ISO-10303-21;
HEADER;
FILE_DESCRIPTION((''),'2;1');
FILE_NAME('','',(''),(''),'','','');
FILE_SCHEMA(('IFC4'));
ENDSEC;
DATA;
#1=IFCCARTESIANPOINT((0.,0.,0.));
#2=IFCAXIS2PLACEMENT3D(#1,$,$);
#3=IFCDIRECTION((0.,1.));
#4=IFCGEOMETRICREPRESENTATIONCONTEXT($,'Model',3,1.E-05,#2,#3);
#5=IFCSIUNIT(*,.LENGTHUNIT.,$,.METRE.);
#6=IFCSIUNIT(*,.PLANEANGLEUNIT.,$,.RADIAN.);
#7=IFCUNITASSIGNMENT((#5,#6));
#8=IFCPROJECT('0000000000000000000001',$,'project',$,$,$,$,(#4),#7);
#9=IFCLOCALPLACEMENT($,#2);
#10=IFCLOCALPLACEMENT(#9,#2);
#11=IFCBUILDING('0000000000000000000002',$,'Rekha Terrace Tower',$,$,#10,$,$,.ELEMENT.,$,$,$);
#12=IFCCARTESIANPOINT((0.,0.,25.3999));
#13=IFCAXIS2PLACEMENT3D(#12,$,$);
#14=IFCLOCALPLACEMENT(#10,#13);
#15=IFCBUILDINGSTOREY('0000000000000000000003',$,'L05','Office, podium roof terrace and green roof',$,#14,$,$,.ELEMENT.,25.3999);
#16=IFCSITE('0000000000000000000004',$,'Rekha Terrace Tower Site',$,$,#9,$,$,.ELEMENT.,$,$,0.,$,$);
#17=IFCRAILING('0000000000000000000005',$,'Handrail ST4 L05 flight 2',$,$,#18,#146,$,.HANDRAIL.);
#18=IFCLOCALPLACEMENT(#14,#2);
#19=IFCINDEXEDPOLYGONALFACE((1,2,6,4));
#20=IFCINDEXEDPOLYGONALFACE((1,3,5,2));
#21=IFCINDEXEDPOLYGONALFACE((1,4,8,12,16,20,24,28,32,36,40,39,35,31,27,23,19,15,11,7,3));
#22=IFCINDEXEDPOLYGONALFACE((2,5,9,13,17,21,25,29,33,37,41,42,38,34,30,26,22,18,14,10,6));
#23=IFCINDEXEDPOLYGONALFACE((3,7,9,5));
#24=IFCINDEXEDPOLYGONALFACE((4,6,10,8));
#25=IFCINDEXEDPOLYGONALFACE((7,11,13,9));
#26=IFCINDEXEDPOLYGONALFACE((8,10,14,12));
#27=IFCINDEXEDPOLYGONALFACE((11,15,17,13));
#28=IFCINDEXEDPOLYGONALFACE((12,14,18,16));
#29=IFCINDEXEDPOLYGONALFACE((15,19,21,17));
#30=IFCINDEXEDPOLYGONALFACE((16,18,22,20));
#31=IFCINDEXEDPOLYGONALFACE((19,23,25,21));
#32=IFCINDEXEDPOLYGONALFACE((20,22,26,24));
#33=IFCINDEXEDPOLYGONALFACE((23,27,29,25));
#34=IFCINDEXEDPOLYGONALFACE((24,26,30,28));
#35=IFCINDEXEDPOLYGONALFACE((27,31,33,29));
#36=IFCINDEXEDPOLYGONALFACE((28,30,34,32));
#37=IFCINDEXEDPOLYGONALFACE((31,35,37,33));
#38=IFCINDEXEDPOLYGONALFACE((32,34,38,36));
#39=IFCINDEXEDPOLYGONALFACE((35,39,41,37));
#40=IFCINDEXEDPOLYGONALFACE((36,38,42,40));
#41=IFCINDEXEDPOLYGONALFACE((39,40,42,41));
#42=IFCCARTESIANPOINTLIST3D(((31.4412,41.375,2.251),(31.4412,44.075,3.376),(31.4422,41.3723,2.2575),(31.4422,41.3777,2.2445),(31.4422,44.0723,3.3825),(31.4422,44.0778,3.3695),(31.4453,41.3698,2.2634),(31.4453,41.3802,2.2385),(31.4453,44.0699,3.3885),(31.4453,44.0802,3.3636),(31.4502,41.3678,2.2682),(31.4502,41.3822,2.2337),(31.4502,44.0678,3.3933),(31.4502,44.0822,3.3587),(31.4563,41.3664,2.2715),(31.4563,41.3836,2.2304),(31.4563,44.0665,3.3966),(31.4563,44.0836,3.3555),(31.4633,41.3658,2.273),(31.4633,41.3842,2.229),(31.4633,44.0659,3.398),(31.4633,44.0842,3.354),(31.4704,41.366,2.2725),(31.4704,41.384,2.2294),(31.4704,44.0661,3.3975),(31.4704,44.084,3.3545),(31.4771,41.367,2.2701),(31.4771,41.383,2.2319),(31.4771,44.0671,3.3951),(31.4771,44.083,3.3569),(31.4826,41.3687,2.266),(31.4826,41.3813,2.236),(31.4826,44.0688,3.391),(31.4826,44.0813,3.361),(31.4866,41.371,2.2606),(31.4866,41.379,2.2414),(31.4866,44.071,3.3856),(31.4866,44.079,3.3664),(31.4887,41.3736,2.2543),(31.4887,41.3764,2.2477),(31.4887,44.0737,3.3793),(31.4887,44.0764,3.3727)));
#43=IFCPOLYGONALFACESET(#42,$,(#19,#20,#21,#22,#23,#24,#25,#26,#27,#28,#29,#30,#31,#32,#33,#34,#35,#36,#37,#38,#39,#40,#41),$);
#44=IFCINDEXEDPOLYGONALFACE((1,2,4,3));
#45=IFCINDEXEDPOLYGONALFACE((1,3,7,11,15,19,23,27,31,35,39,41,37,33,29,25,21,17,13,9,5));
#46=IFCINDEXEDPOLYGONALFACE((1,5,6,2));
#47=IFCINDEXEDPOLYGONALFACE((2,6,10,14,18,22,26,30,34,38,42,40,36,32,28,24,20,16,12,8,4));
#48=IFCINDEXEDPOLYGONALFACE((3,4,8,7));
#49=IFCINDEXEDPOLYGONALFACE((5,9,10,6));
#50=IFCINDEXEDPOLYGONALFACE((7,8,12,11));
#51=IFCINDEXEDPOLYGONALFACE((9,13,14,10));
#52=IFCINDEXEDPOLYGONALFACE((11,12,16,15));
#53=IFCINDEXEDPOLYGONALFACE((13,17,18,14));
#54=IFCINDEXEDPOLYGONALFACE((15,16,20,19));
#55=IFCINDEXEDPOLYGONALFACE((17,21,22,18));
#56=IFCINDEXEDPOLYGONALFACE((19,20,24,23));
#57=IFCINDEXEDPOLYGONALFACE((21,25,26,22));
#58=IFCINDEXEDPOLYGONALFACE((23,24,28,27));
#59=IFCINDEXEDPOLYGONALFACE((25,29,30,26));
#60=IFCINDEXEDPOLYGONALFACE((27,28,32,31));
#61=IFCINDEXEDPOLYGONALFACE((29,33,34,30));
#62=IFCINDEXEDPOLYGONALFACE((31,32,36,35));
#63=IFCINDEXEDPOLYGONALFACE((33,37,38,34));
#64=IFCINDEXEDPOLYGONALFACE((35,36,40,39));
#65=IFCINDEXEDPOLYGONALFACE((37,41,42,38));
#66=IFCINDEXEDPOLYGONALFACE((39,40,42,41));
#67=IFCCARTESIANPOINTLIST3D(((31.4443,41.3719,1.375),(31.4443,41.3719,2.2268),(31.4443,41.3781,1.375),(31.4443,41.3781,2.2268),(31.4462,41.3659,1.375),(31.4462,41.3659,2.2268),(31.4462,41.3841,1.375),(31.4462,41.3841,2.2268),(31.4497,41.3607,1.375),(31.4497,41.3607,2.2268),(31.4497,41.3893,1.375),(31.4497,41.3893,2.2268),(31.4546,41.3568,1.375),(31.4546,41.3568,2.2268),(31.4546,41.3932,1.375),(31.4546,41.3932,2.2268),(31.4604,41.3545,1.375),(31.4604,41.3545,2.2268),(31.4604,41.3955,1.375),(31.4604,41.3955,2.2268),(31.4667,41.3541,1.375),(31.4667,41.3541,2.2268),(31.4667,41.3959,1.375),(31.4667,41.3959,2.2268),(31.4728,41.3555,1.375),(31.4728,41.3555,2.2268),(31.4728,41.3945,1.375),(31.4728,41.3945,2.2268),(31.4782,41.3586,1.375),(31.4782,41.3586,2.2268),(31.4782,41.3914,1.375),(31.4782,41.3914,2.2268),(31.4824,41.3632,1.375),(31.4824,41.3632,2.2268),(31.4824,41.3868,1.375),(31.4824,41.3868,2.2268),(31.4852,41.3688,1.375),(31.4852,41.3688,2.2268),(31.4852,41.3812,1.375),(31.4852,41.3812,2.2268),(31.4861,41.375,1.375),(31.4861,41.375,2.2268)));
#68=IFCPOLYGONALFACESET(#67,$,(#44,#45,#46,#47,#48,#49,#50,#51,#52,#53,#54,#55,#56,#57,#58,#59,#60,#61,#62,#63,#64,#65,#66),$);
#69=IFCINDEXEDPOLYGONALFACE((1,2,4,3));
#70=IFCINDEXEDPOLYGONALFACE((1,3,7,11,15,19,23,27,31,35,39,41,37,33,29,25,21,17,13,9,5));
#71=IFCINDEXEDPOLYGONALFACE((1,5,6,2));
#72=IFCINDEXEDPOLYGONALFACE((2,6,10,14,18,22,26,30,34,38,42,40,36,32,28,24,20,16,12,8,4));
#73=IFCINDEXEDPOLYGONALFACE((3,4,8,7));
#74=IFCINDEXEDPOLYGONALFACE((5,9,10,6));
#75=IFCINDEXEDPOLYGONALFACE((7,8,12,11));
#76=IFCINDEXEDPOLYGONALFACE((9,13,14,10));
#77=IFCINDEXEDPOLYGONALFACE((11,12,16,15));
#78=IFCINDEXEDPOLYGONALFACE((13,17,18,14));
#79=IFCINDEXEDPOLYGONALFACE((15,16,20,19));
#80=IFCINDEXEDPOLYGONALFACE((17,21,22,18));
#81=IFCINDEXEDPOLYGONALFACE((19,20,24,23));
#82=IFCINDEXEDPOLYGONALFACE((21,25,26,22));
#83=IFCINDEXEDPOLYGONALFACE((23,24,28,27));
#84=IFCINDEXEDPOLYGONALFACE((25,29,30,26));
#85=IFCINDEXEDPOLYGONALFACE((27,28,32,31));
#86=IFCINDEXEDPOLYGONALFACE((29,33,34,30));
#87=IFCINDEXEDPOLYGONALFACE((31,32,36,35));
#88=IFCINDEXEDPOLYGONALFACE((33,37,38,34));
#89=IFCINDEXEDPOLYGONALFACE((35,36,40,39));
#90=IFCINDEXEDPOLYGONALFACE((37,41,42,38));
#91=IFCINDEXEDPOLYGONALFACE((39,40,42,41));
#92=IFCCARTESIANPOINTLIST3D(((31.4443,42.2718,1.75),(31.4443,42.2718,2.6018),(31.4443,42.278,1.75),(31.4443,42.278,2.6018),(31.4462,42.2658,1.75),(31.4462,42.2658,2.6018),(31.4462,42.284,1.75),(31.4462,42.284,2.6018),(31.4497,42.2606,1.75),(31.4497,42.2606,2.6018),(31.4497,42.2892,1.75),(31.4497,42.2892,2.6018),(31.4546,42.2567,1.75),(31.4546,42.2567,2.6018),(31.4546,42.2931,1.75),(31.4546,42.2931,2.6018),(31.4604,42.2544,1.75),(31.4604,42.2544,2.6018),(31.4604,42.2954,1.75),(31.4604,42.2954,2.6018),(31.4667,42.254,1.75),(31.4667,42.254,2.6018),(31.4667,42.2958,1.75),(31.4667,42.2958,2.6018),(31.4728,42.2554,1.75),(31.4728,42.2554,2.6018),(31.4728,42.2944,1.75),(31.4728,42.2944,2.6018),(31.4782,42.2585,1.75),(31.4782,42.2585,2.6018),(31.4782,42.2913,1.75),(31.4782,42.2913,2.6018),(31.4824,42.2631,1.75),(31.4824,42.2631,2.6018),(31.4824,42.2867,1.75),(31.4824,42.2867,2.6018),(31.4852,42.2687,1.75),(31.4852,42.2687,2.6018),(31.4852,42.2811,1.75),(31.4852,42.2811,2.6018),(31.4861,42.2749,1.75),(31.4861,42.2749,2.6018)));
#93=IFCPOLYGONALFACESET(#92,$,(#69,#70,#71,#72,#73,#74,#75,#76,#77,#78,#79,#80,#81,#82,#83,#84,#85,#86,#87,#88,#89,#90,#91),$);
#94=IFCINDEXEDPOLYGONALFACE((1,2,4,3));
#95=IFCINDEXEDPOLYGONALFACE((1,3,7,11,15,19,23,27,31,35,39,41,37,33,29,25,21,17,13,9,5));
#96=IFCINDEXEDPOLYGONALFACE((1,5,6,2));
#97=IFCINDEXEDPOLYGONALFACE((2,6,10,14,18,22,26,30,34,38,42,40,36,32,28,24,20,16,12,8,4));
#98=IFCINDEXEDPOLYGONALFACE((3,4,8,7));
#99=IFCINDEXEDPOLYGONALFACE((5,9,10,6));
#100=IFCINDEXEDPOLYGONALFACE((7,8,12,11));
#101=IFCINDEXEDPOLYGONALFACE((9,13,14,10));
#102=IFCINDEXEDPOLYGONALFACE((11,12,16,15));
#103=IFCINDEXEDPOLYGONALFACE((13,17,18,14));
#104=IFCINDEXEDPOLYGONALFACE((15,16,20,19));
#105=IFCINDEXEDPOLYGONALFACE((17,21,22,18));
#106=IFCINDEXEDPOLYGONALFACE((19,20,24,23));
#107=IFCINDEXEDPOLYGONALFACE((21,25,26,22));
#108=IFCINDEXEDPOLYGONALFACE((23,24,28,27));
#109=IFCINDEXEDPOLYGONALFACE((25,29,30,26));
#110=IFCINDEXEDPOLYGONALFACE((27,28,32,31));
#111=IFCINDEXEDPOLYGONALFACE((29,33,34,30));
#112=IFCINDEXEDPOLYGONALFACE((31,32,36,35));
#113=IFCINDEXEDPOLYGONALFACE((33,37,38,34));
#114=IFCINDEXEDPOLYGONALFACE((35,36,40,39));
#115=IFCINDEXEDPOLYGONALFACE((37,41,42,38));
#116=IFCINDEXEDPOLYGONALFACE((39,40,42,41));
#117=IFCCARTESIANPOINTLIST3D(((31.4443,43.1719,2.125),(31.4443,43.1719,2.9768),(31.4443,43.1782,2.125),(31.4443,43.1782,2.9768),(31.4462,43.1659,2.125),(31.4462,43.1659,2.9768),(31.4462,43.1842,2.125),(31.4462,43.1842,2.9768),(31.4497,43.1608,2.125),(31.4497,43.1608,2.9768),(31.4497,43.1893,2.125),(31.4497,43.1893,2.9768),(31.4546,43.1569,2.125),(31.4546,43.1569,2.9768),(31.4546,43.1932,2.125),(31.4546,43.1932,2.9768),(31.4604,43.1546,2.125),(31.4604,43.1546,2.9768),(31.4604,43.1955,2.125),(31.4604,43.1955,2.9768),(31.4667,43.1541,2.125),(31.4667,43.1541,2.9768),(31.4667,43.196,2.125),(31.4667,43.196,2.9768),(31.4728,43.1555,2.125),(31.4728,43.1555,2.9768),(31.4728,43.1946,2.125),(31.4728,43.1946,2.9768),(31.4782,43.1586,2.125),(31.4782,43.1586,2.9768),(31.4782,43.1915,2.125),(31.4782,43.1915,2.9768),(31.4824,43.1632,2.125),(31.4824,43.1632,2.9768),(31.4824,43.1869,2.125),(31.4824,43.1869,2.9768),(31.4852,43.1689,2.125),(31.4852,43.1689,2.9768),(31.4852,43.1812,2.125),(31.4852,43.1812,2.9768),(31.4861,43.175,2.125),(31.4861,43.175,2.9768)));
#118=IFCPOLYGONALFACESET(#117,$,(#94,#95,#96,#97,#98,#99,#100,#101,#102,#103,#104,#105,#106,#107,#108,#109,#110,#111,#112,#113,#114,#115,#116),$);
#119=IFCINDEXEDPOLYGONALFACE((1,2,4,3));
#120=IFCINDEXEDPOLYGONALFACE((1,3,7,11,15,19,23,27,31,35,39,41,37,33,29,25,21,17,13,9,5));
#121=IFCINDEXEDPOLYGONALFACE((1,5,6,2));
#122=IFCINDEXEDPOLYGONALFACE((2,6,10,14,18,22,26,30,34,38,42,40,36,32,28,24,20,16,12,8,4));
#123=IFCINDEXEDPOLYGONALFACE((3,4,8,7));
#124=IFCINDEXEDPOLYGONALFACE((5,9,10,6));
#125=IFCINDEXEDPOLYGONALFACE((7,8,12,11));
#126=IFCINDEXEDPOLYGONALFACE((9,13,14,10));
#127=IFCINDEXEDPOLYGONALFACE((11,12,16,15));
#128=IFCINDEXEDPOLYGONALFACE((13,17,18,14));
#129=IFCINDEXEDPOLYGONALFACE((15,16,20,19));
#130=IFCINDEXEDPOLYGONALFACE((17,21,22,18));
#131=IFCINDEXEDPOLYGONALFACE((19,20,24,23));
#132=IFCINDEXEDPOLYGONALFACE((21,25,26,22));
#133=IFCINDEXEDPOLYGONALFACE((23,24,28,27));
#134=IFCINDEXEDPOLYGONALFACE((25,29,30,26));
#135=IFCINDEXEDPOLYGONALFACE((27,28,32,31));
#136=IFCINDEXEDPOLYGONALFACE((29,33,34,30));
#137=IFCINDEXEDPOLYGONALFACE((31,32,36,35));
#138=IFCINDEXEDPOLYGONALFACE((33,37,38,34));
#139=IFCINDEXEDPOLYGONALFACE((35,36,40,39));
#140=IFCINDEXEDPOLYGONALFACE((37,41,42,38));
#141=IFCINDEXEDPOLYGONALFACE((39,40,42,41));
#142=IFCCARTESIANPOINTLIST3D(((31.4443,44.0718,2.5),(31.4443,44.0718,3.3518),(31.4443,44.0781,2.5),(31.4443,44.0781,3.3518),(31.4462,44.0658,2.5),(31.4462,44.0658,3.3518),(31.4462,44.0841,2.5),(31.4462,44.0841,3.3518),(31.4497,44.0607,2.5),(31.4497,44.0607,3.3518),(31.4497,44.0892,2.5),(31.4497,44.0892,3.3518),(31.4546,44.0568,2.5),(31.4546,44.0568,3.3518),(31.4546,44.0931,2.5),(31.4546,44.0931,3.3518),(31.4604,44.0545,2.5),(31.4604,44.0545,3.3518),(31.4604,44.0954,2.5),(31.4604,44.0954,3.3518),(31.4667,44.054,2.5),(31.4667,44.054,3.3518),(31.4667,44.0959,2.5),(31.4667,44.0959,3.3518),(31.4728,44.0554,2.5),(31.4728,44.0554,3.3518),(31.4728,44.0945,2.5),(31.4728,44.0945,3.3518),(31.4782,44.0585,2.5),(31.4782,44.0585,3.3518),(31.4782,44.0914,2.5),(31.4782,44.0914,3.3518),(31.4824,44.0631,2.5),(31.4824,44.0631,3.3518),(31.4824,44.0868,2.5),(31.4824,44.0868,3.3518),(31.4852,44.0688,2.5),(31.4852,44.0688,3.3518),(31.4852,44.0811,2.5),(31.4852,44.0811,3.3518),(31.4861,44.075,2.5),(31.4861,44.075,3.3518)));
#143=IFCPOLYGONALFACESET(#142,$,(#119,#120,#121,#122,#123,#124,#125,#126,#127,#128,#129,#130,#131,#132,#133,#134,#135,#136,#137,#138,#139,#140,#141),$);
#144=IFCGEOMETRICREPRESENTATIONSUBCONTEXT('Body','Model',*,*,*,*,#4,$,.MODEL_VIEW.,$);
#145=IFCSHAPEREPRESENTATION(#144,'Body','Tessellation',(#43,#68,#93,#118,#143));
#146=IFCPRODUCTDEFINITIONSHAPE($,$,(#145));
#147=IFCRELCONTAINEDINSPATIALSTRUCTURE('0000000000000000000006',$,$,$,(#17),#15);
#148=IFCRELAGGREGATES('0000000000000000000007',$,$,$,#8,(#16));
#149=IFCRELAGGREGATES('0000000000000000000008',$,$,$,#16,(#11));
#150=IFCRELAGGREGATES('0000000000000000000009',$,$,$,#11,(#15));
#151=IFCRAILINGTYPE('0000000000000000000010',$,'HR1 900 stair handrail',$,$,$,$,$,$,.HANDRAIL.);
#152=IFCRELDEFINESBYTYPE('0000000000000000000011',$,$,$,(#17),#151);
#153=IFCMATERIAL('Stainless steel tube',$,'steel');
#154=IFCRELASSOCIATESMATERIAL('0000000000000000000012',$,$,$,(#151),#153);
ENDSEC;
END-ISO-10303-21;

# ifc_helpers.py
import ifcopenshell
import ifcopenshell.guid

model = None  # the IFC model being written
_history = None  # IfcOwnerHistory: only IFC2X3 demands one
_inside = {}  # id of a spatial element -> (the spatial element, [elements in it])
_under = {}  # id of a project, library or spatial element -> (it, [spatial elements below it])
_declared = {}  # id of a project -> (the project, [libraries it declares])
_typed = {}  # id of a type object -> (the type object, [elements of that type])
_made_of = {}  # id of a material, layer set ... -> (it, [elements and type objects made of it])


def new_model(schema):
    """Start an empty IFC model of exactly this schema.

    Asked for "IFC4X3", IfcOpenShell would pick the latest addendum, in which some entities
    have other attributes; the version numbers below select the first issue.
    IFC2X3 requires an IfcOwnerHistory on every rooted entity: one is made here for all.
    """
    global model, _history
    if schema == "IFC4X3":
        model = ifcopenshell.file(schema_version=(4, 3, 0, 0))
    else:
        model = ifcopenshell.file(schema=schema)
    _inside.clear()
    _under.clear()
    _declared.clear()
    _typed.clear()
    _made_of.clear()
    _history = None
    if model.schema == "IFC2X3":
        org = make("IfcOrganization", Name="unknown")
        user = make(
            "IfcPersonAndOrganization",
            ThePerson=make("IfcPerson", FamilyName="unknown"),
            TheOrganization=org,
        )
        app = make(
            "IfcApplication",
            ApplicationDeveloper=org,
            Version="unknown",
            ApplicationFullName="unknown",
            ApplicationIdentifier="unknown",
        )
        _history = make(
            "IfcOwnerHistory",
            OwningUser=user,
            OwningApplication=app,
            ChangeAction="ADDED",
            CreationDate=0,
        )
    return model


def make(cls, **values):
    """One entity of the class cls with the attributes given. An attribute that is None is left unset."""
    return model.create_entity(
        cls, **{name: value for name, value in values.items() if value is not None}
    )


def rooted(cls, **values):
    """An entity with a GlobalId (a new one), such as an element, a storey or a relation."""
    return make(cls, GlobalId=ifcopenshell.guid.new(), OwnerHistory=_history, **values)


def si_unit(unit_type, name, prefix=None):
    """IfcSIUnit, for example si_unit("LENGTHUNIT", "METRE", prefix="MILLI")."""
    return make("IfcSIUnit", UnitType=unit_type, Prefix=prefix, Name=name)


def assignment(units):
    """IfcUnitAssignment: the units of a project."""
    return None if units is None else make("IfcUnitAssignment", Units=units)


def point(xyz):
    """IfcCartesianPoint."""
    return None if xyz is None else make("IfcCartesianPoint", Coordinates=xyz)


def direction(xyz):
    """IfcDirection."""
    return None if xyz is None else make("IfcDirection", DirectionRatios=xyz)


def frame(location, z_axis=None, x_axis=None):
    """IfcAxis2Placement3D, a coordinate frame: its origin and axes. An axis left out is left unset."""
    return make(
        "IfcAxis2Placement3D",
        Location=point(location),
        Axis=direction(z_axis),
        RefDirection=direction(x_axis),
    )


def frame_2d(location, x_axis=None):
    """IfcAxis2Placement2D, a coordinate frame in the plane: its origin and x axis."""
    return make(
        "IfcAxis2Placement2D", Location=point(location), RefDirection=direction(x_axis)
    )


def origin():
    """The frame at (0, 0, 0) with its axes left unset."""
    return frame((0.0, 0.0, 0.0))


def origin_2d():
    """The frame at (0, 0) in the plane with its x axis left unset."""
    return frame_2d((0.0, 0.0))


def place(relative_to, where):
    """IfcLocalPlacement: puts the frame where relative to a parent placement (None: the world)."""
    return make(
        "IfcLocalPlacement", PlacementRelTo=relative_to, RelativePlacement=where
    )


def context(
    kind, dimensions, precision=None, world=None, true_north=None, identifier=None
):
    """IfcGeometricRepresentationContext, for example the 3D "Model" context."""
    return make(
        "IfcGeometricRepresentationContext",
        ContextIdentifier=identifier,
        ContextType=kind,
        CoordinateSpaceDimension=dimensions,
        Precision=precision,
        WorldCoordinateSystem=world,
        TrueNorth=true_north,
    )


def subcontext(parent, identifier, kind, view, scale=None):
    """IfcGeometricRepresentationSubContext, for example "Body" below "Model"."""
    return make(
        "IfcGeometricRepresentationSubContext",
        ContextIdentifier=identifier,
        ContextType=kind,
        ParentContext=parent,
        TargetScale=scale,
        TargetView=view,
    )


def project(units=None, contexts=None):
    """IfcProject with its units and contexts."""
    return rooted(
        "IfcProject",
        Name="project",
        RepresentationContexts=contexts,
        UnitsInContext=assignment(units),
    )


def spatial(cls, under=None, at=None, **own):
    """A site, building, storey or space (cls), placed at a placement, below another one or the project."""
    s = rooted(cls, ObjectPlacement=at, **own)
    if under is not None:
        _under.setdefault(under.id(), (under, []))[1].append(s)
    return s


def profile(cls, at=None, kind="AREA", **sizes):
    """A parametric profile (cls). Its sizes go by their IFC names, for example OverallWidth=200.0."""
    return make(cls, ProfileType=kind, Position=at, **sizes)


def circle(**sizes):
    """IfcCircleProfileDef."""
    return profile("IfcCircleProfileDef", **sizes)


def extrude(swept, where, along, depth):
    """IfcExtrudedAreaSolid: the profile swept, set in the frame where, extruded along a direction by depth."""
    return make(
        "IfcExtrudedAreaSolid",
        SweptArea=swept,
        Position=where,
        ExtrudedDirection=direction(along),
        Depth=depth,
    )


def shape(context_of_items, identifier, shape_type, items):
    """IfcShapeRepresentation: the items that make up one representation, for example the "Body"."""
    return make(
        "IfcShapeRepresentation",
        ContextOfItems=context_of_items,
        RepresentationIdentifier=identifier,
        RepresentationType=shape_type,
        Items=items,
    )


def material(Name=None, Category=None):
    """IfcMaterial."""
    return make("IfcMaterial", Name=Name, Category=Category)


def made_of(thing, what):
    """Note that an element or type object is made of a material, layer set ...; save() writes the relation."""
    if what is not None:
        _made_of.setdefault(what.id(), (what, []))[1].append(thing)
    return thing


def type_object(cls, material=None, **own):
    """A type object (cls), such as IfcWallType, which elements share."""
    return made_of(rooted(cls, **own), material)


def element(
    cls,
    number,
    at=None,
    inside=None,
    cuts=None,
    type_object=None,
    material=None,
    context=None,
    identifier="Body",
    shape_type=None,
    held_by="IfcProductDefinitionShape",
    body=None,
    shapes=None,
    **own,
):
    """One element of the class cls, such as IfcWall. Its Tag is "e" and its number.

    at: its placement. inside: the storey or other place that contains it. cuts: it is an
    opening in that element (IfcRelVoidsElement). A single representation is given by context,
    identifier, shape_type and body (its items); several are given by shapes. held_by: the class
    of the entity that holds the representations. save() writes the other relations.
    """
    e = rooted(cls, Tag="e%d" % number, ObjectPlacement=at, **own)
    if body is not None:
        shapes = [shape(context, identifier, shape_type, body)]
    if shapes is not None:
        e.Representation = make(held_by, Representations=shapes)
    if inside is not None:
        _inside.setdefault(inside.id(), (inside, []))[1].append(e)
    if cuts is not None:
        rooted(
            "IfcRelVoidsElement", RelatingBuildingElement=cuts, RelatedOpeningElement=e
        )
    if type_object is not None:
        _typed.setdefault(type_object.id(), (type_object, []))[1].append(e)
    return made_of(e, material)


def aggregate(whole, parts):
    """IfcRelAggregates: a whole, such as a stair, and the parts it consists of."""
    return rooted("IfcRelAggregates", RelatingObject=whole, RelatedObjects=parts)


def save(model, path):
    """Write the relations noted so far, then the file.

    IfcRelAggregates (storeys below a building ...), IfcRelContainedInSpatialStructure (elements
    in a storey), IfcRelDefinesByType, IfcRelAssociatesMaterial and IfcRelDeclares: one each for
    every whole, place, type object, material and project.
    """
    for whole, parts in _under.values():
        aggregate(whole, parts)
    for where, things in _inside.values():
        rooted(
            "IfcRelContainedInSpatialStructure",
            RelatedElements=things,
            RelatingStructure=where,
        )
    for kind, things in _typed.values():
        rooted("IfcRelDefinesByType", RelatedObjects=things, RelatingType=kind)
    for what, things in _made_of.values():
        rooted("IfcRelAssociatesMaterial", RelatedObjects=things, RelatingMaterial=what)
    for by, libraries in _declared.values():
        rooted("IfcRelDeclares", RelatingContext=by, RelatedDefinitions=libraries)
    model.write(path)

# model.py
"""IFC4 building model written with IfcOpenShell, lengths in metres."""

from ifc_helpers import new_model, si_unit, direction, frame, origin, origin_2d, place, context, subcontext, project, spatial, circle, extrude, material, type_object, element, save


model = new_model("IFC4")

# Units and contexts
model_context = context("Model", 3, precision=1e-05, world=origin(), true_north=direction((0.0, 1.0)))
body_context = subcontext(model_context, "Body", "Model", "MODEL_VIEW")
ifc_project = project(units=[si_unit("LENGTHUNIT", "METRE"), si_unit("PLANEANGLEUNIT", "RADIAN")], contexts=[model_context])

# Site, building, storey
site_placement = place(None, origin())
site = spatial("IfcSite", under=ifc_project, at=site_placement, Name="Rekha Terrace Tower Site", CompositionType="ELEMENT", RefElevation=0.0)
building_placement = place(site_placement, origin())
building = spatial("IfcBuilding", under=site, at=building_placement, Name="Rekha Terrace Tower", CompositionType="ELEMENT")
storey_placement = place(building_placement, frame((0.0, 0.0, 25.3999)))
storey = spatial("IfcBuildingStorey", under=building, at=storey_placement, Name="L05", Description="Office, podium roof terrace and green roof", CompositionType="ELEMENT", Elevation=25.3999)

# Railing
ifc_material_1 = material(Name="Stainless steel tube", Category="steel")
railing_type_1 = type_object("IfcRailingType", Name="HR1 900 stair handrail", PredefinedType="HANDRAIL", material=ifc_material_1)
railing_1_placement = place(storey_placement, frame((31.4651, 41.375, 1.375)))
element("IfcRailing", 1, at=railing_1_placement, inside=storey, type_object=railing_type_1, Name="Handrail ST4 L05 flight 2", PredefinedType="HANDRAIL", context=body_context, shape_type="SweptSolid", body=[
    extrude(circle(Radius=0.0239, at=origin_2d()), frame((0.0, 0.0, 0.876), z_axis=(0.0, 0.923074, 0.384621), x_axis=(-1.0, 0.0, 0.0)), (0.0, 0.0, 1.0), 2.925),
    extrude(circle(Radius=0.021, at=origin_2d()), origin(), (0.0, 0.0, 1.0), 0.8518),
    extrude(circle(Radius=0.021, at=origin_2d()), frame((0.0, 0.8999, 0.375)), (0.0, 0.0, 1.0), 0.8518),
    extrude(circle(Radius=0.021, at=origin_2d()), frame((0.0, 1.8, 0.75)), (0.0, 0.0, 1.0), 0.8518),
    extrude(circle(Radius=0.021, at=origin_2d()), frame((0.0, 2.7, 1.125)), (0.0, 0.0, 1.0), 0.8518),
])

save(model, "model.ifc")
